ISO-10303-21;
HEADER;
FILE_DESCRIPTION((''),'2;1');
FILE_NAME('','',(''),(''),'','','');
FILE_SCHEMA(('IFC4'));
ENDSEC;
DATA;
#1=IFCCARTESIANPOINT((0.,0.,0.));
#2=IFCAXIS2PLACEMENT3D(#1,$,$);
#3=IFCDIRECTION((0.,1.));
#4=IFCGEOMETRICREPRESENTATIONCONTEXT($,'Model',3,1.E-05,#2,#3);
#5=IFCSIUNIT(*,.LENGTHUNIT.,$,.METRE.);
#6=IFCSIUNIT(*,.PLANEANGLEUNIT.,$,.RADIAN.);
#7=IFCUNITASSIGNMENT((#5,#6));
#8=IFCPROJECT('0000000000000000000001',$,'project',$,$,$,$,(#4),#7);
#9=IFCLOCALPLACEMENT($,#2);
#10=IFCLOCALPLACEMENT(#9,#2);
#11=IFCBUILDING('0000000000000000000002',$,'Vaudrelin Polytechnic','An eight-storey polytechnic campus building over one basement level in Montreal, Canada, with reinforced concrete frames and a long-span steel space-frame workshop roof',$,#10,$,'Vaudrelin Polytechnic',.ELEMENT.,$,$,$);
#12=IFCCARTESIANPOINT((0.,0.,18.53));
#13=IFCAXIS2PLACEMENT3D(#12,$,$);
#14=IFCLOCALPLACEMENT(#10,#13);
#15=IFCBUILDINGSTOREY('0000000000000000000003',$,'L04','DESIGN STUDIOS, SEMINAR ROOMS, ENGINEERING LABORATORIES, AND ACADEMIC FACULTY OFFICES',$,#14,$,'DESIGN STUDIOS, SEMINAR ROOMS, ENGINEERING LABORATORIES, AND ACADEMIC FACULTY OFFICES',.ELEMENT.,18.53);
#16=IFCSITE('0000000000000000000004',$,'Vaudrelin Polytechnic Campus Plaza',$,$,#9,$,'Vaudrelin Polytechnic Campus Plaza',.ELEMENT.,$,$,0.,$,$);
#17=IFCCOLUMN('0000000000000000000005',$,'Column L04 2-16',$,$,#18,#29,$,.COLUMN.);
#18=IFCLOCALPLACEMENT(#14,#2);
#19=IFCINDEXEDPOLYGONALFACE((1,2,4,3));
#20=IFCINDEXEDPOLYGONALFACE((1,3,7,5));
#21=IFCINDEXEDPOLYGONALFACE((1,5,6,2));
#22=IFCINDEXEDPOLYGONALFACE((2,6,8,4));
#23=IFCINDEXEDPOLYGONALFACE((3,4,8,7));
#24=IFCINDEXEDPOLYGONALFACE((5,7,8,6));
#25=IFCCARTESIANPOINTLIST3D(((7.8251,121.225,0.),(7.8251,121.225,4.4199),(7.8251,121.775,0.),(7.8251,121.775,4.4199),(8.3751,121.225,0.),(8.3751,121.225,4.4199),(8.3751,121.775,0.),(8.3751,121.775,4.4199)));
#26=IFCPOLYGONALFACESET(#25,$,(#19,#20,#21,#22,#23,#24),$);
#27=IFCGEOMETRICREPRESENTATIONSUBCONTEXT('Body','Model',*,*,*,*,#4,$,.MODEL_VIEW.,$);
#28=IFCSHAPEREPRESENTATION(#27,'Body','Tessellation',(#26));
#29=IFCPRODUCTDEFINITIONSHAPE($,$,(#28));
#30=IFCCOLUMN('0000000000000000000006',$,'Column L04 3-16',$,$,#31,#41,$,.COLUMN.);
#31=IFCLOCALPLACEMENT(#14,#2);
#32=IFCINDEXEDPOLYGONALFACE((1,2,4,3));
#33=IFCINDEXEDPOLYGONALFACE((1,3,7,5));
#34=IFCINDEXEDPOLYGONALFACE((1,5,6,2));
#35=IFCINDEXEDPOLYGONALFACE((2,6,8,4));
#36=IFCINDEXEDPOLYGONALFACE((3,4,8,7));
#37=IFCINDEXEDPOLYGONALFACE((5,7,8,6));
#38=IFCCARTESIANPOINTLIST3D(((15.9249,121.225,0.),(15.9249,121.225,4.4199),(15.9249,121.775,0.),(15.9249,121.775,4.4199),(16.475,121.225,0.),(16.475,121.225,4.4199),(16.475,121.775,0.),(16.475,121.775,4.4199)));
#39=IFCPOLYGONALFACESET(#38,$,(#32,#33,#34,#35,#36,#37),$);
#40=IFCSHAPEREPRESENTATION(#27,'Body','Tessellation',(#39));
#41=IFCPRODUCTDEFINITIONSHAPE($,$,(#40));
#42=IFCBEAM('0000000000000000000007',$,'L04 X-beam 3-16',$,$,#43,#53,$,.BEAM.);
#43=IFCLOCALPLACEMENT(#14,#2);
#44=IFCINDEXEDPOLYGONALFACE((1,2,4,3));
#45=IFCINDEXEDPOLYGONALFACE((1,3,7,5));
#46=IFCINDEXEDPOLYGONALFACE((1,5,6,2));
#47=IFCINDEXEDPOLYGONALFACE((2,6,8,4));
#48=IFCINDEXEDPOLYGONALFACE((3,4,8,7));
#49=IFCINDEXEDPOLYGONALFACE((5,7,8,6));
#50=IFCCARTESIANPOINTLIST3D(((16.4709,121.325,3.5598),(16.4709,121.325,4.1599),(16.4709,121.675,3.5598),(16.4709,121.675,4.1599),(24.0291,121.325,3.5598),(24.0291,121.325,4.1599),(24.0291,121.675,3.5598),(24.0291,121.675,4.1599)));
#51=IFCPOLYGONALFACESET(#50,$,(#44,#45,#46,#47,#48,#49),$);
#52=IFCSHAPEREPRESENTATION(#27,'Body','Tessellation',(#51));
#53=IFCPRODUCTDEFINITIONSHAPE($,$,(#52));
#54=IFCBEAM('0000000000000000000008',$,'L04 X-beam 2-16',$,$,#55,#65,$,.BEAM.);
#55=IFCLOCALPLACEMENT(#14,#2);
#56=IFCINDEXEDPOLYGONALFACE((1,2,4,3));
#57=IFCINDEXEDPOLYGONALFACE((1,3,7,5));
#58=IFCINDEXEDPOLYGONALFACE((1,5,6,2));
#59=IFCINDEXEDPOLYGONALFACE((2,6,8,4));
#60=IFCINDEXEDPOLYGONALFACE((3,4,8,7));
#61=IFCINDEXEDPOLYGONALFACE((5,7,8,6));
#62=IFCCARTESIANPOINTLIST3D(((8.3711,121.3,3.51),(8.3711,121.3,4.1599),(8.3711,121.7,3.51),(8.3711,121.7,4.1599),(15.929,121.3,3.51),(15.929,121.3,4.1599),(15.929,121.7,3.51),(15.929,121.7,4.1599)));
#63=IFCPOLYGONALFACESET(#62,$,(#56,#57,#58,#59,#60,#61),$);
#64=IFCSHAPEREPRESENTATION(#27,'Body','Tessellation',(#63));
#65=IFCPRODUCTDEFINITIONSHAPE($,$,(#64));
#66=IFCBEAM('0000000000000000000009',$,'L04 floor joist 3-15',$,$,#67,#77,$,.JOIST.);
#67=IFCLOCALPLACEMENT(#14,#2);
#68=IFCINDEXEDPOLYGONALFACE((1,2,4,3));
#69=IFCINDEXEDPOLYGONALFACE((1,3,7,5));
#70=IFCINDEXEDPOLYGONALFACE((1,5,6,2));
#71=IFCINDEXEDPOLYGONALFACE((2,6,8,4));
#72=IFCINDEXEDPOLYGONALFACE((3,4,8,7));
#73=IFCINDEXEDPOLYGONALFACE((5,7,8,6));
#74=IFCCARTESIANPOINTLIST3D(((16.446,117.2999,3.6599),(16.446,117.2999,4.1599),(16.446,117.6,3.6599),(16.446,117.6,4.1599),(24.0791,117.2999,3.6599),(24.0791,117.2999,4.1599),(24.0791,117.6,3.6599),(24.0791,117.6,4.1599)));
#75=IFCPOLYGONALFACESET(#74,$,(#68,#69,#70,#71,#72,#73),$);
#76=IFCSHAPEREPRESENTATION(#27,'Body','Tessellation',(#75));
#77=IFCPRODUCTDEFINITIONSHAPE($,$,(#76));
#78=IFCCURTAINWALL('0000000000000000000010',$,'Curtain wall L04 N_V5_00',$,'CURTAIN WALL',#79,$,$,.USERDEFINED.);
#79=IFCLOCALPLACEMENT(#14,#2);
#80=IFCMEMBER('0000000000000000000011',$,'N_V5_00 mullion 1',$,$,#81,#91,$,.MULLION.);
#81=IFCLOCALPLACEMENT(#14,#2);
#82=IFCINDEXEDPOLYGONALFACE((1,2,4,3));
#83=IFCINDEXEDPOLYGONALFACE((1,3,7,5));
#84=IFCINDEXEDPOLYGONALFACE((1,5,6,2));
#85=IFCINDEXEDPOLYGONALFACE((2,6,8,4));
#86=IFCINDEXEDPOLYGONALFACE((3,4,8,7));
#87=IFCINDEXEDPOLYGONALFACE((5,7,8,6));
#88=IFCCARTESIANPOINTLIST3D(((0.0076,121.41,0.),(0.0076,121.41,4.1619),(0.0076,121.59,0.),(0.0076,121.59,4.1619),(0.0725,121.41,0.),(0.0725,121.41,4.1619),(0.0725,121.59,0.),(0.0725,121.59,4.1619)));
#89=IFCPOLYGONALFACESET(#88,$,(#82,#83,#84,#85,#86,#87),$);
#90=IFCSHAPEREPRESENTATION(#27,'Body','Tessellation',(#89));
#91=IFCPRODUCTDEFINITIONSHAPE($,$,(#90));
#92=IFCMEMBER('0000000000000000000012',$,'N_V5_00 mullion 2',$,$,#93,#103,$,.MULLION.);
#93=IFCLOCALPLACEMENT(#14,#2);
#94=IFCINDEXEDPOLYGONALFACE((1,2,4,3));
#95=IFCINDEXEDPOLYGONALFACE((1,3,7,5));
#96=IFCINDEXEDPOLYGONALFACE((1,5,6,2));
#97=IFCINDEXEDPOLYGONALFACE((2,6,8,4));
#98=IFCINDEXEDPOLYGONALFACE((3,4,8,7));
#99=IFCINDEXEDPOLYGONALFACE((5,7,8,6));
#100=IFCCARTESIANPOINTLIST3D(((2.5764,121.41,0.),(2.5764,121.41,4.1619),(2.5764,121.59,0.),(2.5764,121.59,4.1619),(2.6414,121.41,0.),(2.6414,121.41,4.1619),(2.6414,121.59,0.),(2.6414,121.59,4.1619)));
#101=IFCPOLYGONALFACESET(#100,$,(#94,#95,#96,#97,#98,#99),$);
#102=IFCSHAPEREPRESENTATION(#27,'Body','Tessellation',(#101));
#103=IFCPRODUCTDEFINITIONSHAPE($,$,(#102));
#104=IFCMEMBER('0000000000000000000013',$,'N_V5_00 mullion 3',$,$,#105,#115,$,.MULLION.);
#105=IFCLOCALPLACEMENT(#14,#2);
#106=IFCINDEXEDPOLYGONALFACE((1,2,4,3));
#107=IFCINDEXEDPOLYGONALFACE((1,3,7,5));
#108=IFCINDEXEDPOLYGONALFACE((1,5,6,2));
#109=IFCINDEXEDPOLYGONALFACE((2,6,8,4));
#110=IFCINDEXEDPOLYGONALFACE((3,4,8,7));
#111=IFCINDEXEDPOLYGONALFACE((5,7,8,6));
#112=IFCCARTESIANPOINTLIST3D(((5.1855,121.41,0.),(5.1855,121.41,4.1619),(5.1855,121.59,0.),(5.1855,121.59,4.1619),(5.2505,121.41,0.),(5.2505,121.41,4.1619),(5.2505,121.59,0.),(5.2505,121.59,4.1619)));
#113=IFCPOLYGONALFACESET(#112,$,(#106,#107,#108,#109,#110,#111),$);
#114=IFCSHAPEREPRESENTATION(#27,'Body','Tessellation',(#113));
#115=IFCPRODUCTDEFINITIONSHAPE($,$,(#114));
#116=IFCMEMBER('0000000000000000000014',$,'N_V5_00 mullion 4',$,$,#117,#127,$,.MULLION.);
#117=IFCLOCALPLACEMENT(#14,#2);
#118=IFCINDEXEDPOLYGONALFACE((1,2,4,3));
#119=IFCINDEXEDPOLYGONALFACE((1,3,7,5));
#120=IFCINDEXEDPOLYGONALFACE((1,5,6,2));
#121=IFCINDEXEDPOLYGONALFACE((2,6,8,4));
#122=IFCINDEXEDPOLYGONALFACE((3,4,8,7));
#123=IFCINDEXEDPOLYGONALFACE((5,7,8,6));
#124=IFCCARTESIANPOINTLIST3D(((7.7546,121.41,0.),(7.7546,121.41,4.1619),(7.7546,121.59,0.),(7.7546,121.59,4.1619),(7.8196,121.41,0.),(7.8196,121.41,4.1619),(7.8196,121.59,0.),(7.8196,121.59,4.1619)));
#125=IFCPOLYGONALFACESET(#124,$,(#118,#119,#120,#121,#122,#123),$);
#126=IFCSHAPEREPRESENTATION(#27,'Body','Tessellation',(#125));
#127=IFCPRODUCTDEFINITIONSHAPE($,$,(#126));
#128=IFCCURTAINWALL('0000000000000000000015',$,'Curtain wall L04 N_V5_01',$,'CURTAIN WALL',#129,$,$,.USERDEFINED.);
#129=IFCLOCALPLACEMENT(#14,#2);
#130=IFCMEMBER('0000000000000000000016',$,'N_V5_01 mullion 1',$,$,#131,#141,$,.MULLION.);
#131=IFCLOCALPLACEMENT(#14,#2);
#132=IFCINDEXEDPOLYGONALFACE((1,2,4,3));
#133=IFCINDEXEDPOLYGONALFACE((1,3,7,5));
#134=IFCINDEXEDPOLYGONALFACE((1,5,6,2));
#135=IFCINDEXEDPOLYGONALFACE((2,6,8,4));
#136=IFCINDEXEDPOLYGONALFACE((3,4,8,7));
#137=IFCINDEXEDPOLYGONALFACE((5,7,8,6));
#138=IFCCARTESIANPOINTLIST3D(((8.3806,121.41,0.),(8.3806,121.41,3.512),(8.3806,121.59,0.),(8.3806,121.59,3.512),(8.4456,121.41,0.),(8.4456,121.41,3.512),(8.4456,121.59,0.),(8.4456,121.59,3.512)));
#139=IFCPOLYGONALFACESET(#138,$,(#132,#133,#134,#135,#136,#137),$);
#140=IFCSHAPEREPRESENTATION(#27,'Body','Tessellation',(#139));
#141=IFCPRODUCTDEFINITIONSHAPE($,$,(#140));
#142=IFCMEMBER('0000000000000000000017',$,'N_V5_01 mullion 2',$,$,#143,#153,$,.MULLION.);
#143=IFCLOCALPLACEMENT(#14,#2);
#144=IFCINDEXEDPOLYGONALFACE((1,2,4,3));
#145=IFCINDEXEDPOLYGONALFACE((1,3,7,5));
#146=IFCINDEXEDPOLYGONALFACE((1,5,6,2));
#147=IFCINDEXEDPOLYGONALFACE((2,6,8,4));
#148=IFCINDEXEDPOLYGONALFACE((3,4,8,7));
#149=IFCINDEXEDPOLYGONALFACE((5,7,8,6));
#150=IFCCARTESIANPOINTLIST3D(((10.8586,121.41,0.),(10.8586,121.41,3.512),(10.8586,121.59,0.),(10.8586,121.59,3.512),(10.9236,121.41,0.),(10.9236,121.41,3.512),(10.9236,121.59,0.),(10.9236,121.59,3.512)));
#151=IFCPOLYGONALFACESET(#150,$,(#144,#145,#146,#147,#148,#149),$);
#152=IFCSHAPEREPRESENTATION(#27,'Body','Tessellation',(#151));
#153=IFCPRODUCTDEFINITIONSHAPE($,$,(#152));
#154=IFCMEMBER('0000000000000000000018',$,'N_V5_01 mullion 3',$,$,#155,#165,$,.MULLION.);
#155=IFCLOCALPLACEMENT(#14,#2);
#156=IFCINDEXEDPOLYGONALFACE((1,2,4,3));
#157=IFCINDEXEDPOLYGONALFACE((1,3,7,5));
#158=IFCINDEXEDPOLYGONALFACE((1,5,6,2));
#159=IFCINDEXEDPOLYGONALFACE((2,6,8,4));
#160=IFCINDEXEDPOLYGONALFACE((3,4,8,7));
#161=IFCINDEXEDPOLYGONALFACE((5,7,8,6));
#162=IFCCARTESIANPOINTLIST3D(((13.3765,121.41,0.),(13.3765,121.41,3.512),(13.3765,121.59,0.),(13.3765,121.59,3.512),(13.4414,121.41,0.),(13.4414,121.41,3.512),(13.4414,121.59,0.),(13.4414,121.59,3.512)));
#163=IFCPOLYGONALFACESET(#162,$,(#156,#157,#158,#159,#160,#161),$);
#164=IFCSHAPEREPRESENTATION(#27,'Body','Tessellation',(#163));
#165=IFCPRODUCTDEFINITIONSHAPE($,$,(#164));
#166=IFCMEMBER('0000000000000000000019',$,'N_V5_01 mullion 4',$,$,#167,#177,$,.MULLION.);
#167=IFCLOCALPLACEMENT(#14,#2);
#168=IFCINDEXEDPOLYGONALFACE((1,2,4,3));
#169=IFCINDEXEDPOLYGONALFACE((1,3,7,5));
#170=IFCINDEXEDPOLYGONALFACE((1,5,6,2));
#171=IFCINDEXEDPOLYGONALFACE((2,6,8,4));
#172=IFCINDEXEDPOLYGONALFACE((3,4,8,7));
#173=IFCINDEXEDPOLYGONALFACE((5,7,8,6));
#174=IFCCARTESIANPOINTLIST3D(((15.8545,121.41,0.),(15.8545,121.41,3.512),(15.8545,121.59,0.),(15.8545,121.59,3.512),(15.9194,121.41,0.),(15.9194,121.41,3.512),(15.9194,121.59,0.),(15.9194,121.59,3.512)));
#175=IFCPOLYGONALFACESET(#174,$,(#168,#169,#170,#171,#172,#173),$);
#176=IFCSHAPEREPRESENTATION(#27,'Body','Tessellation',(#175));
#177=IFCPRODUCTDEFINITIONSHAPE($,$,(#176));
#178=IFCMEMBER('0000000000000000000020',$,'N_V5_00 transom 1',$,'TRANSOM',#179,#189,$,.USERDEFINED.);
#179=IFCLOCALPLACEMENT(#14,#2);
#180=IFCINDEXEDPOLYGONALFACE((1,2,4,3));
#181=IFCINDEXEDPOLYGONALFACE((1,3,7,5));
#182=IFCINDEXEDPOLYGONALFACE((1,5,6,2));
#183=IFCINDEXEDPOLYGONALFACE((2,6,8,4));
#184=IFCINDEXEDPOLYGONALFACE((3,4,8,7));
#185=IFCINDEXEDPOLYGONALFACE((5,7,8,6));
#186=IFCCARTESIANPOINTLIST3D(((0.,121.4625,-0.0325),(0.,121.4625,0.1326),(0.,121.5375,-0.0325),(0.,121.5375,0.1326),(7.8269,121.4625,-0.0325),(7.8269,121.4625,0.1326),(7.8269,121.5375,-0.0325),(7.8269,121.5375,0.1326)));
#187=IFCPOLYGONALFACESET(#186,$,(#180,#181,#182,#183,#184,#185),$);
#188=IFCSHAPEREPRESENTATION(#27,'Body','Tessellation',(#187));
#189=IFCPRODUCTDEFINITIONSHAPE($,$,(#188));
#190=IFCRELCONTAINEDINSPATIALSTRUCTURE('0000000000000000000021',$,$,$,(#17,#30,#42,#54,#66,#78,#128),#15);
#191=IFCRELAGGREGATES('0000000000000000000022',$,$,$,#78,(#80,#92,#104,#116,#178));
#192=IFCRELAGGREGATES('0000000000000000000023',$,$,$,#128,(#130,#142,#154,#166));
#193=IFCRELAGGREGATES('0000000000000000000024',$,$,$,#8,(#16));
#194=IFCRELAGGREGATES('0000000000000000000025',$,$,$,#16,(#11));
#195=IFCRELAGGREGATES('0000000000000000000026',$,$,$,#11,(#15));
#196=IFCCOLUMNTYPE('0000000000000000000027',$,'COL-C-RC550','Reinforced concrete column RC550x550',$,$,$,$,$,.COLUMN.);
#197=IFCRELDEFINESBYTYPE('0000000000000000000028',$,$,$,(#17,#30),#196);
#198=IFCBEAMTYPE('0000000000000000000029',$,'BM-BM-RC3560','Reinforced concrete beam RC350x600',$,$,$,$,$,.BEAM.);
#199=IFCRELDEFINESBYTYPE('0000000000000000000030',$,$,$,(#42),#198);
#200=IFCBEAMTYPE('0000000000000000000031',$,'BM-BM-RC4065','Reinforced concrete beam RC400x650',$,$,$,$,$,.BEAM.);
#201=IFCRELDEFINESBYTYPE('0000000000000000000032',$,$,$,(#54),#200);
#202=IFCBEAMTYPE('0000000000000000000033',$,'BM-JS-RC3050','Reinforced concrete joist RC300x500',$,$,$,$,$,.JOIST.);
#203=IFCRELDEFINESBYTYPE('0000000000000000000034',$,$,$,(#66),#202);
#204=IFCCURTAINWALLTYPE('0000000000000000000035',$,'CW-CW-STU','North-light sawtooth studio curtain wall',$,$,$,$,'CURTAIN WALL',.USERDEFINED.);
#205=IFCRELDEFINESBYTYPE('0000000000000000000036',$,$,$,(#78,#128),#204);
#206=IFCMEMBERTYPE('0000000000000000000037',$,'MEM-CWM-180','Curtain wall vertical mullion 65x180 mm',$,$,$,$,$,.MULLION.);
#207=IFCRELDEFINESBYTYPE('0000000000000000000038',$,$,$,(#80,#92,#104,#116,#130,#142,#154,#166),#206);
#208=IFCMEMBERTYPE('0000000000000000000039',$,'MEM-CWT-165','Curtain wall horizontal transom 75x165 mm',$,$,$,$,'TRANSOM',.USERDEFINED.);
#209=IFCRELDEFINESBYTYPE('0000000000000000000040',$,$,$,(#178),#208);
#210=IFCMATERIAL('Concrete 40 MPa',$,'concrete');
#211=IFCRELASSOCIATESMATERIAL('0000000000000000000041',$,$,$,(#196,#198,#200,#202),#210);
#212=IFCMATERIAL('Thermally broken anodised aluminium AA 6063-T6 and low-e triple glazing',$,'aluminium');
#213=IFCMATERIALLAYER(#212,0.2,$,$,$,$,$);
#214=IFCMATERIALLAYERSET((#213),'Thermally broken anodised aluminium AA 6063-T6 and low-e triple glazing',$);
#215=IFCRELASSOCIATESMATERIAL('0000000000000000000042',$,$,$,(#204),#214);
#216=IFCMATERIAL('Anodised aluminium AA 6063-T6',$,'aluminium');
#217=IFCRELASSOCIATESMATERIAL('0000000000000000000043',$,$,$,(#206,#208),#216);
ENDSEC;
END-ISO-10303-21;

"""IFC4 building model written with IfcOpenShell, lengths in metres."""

from ifc_helpers import new_model, si_unit, direction, frame, origin, origin_2d, place, context, subcontext, project, spatial, rectangle, extrude, material, layer, layer_set, material_profile, profile_set, type_object, element, aggregate, save


model = new_model("IFC4")

# Units and contexts
model_context = context("Model", 3, precision=1e-05, world=origin(), true_north=direction((0.0, 1.0)))
body_context = subcontext(model_context, "Body", "Model", "MODEL_VIEW")
ifc_project = project(units=[si_unit("LENGTHUNIT", "METRE"), si_unit("PLANEANGLEUNIT", "RADIAN")], contexts=[model_context])

# Site, building, storey
site_placement = place(None, origin())
site = spatial("IfcSite", under=ifc_project, at=site_placement, Name="Vaudrelin Polytechnic Campus Plaza", LongName="Vaudrelin Polytechnic Campus Plaza", CompositionType="ELEMENT", RefElevation=0.0)
building_placement = place(site_placement, origin())
building = spatial("IfcBuilding", under=site, at=building_placement, Name="Vaudrelin Polytechnic", Description="An eight-storey polytechnic campus building over one basement level in Montreal, Canada, with reinforced concrete frames and a long-span steel space-frame workshop roof", LongName="Vaudrelin Polytechnic", CompositionType="ELEMENT")
storey_placement = place(building_placement, frame((0.0, 0.0, 18.53)))
storey = spatial("IfcBuildingStorey", under=building, at=storey_placement, Name="L04", Description="DESIGN STUDIOS, SEMINAR ROOMS, ENGINEERING LABORATORIES, AND ACADEMIC FACULTY OFFICES", LongName="DESIGN STUDIOS, SEMINAR ROOMS, ENGINEERING LABORATORIES, AND ACADEMIC FACULTY OFFICES", CompositionType="ELEMENT", Elevation=18.53)

# Columns
ifc_material_1 = material(Name="Concrete 40 MPa", Category="concrete")
ifc_material_profile_1 = material_profile(ifc_material_1, rectangle(XDim=0.55, YDim=0.55, at=origin_2d()), Name="RC550x550")
ifc_profile_set_1 = profile_set([ifc_material_profile_1], Name="Concrete 40 MPa")
column_type = type_object("IfcColumnType", Name="COL-C-RC550", Description="Reinforced concrete column RC550x550", PredefinedType="COLUMN", material=ifc_profile_set_1)
for number, where, z_axis, x_axis, name in (
    (1, (8.1001, 121.5, 0.0), (0.0, 0.0, 1.0), (1.0, 0.0, 0.0), "Column L04 2-16"),
    (2, (16.2, 121.5, 0.0), (0.0, 0.0, 1.0), (1.0, 0.0, 0.0), "Column L04 3-16"),
):
    element("IfcColumn", number, at=place(storey_placement, frame(where, z_axis=z_axis, x_axis=x_axis)), inside=storey, type_object=column_type, Name=name, PredefinedType="COLUMN", context=body_context, shape_type="SweptSolid", body=[
        extrude(rectangle(XDim=0.55, YDim=0.55, at=origin_2d()), origin(), (0.0, 0.0, 1.0), 4.4199),
    ])

# Beams
ifc_material_profile_2 = material_profile(ifc_material_1, rectangle(XDim=0.3501, YDim=0.6001, at=origin_2d()), Name="RC350x600")
ifc_profile_set_2 = profile_set([ifc_material_profile_2], Name="Concrete 40 MPa")
beam_type_1 = type_object("IfcBeamType", Name="BM-BM-RC3560", Description="Reinforced concrete beam RC350x600", PredefinedType="BEAM", material=ifc_profile_set_2)
beam_1_placement = place(storey_placement, frame((16.4709, 121.5, 3.8599), z_axis=(1.0, 0.0, 0.0), x_axis=(0.0, 1.0, 0.0)))
element("IfcBeam", 3, at=beam_1_placement, inside=storey, type_object=beam_type_1, Name="L04 X-beam 3-16", PredefinedType="BEAM", context=body_context, shape_type="SweptSolid", body=[
    extrude(rectangle(XDim=0.3501, YDim=0.6001, at=origin_2d()), origin(), (0.0, 0.0, 1.0), 7.5581),
])
ifc_material_profile_3 = material_profile(ifc_material_1, rectangle(XDim=0.3999, YDim=0.6499, at=origin_2d()), Name="RC400x650")
ifc_profile_set_3 = profile_set([ifc_material_profile_3], Name="Concrete 40 MPa")
beam_type_2 = type_object("IfcBeamType", Name="BM-BM-RC4065", Description="Reinforced concrete beam RC400x650", PredefinedType="BEAM", material=ifc_profile_set_3)
beam_2_placement = place(storey_placement, frame((8.3711, 121.5, 3.835), z_axis=(1.0, 0.0, 0.0), x_axis=(0.0, 1.0, 0.0)))
element("IfcBeam", 4, at=beam_2_placement, inside=storey, type_object=beam_type_2, Name="L04 X-beam 2-16", PredefinedType="BEAM", context=body_context, shape_type="SweptSolid", body=[
    extrude(rectangle(XDim=0.3999, YDim=0.6499, at=origin_2d()), origin(), (0.0, 0.0, 1.0), 7.5579),
])
ifc_material_profile_4 = material_profile(ifc_material_1, rectangle(XDim=0.3, YDim=0.5, at=origin_2d()), Name="RC300x500")
ifc_profile_set_4 = profile_set([ifc_material_profile_4], Name="Concrete 40 MPa")
beam_type_3 = type_object("IfcBeamType", Name="BM-JS-RC3050", Description="Reinforced concrete joist RC300x500", PredefinedType="JOIST", material=ifc_profile_set_4)
beam_3_placement = place(storey_placement, frame((16.446, 117.45, 3.9099), z_axis=(1.0, 0.0, 0.0), x_axis=(0.0, 1.0, 0.0)))
element("IfcBeam", 5, at=beam_3_placement, inside=storey, type_object=beam_type_3, Name="L04 floor joist 3-15", PredefinedType="JOIST", context=body_context, shape_type="SweptSolid", body=[
    extrude(rectangle(XDim=0.3, YDim=0.5, at=origin_2d()), origin(), (0.0, 0.0, 1.0), 7.6331),
])

# Curtain walls, members
ifc_material_2 = material(Name="Thermally broken anodised aluminium AA 6063-T6 and low-e triple glazing", Category="aluminium")
ifc_layer_1 = layer(ifc_material_2, 0.2)
ifc_layer_set_1 = layer_set([ifc_layer_1], Name="Thermally broken anodised aluminium AA 6063-T6 and low-e triple glazing")
curtain_wall_type = type_object("IfcCurtainWallType", Name="CW-CW-STU", Description="North-light sawtooth studio curtain wall", ElementType="CURTAIN WALL", PredefinedType="USERDEFINED", material=ifc_layer_set_1)
curtain_wall_1_placement = place(storey_placement, origin())
curtain_wall_1 = element("IfcCurtainWall", 6, at=curtain_wall_1_placement, inside=storey, type_object=curtain_wall_type, Name="Curtain wall L04 N_V5_00", ObjectType="CURTAIN WALL", PredefinedType="USERDEFINED")
ifc_material_3 = material(Name="Anodised aluminium AA 6063-T6", Category="aluminium")
ifc_material_profile_5 = material_profile(ifc_material_3, rectangle(XDim=0.0649, YDim=0.1799, at=origin_2d()), Name="CWM-65x180")
ifc_profile_set_5 = profile_set([ifc_material_profile_5], Name="Anodised aluminium AA 6063-T6")
member_type_1 = type_object("IfcMemberType", Name="MEM-CWM-180", Description="Curtain wall vertical mullion 65x180 mm", PredefinedType="MULLION", material=ifc_profile_set_5)
member_1_placement = place(storey_placement, frame((0.04, 121.5, 0.0), z_axis=(0.0, 0.0, 1.0), x_axis=(1.0, 0.0, 0.0)))
member_1 = element("IfcMember", 7, at=member_1_placement, type_object=member_type_1, Name="N_V5_00 mullion 1", PredefinedType="MULLION", context=body_context, shape_type="SweptSolid", body=[
    extrude(rectangle(XDim=0.0649, YDim=0.1799, at=origin_2d()), origin(), (0.0, 0.0, 1.0), 4.1619),
])
member_2_placement = place(storey_placement, frame((2.6089, 121.5, 0.0), z_axis=(0.0, 0.0, 1.0), x_axis=(1.0, 0.0, 0.0)))
member_2 = element("IfcMember", 8, at=member_2_placement, type_object=member_type_1, Name="N_V5_00 mullion 2", PredefinedType="MULLION", context=body_context, shape_type="SweptSolid", body=[
    extrude(rectangle(XDim=0.0649, YDim=0.1799, at=origin_2d()), origin(), (0.0, 0.0, 1.0), 4.1619),
])
member_3_placement = place(storey_placement, frame((5.218, 121.5, 0.0), z_axis=(0.0, 0.0, 1.0), x_axis=(1.0, 0.0, 0.0)))
member_3 = element("IfcMember", 9, at=member_3_placement, type_object=member_type_1, Name="N_V5_00 mullion 3", PredefinedType="MULLION", context=body_context, shape_type="SweptSolid", body=[
    extrude(rectangle(XDim=0.0649, YDim=0.1799, at=origin_2d()), origin(), (0.0, 0.0, 1.0), 4.1619),
])
member_4_placement = place(storey_placement, frame((7.7871, 121.5, 0.0), z_axis=(0.0, 0.0, 1.0), x_axis=(1.0, 0.0, 0.0)))
member_4 = element("IfcMember", 10, at=member_4_placement, type_object=member_type_1, Name="N_V5_00 mullion 4", PredefinedType="MULLION", context=body_context, shape_type="SweptSolid", body=[
    extrude(rectangle(XDim=0.0649, YDim=0.1799, at=origin_2d()), origin(), (0.0, 0.0, 1.0), 4.1619),
])
curtain_wall_2_placement = place(storey_placement, origin())
curtain_wall_2 = element("IfcCurtainWall", 11, at=curtain_wall_2_placement, inside=storey, type_object=curtain_wall_type, Name="Curtain wall L04 N_V5_01", ObjectType="CURTAIN WALL", PredefinedType="USERDEFINED")
member_5_placement = place(storey_placement, frame((8.4131, 121.5, 0.0), z_axis=(0.0, 0.0, 1.0), x_axis=(1.0, 0.0, 0.0)))
member_5 = element("IfcMember", 12, at=member_5_placement, type_object=member_type_1, Name="N_V5_01 mullion 1", PredefinedType="MULLION", context=body_context, shape_type="SweptSolid", body=[
    extrude(rectangle(XDim=0.0649, YDim=0.1799, at=origin_2d()), origin(), (0.0, 0.0, 1.0), 3.512),
])
member_6_placement = place(storey_placement, frame((10.8911, 121.5, 0.0), z_axis=(0.0, 0.0, 1.0), x_axis=(1.0, 0.0, 0.0)))
member_6 = element("IfcMember", 13, at=member_6_placement, type_object=member_type_1, Name="N_V5_01 mullion 2", PredefinedType="MULLION", context=body_context, shape_type="SweptSolid", body=[
    extrude(rectangle(XDim=0.0649, YDim=0.1799, at=origin_2d()), origin(), (0.0, 0.0, 1.0), 3.512),
])
member_7_placement = place(storey_placement, frame((13.4089, 121.5, 0.0), z_axis=(0.0, 0.0, 1.0), x_axis=(1.0, 0.0, 0.0)))
member_7 = element("IfcMember", 14, at=member_7_placement, type_object=member_type_1, Name="N_V5_01 mullion 3", PredefinedType="MULLION", context=body_context, shape_type="SweptSolid", body=[
    extrude(rectangle(XDim=0.0649, YDim=0.1799, at=origin_2d()), origin(), (0.0, 0.0, 1.0), 3.512),
])
member_8_placement = place(storey_placement, frame((15.887, 121.5, 0.0), z_axis=(0.0, 0.0, 1.0), x_axis=(1.0, 0.0, 0.0)))
member_8 = element("IfcMember", 15, at=member_8_placement, type_object=member_type_1, Name="N_V5_01 mullion 4", PredefinedType="MULLION", context=body_context, shape_type="SweptSolid", body=[
    extrude(rectangle(XDim=0.0649, YDim=0.1799, at=origin_2d()), origin(), (0.0, 0.0, 1.0), 3.512),
])

# Member
ifc_material_profile_6 = material_profile(ifc_material_3, rectangle(XDim=0.075, YDim=0.165, at=origin_2d()), Name="CWT-75x165")
ifc_profile_set_6 = profile_set([ifc_material_profile_6], Name="Anodised aluminium AA 6063-T6")
member_type_2 = type_object("IfcMemberType", Name="MEM-CWT-165", Description="Curtain wall horizontal transom 75x165 mm", ElementType="TRANSOM", PredefinedType="USERDEFINED", material=ifc_profile_set_6)
member_9_placement = place(storey_placement, frame((0.0, 121.5, 0.05), z_axis=(1.0, 0.0, 0.0), x_axis=(0.0, 1.0, 0.0)))
member_9 = element("IfcMember", 16, at=member_9_placement, type_object=member_type_2, Name="N_V5_00 transom 1", ObjectType="TRANSOM", PredefinedType="USERDEFINED", context=body_context, shape_type="SweptSolid", body=[
    extrude(rectangle(XDim=0.075, YDim=0.165, at=origin_2d()), origin(), (0.0, 0.0, 1.0), 7.8269),
])

aggregate(curtain_wall_1, [member_1, member_2, member_3, member_4, member_9])
aggregate(curtain_wall_2, [member_5, member_6, member_7, member_8])

save(model, "model.ifc")
